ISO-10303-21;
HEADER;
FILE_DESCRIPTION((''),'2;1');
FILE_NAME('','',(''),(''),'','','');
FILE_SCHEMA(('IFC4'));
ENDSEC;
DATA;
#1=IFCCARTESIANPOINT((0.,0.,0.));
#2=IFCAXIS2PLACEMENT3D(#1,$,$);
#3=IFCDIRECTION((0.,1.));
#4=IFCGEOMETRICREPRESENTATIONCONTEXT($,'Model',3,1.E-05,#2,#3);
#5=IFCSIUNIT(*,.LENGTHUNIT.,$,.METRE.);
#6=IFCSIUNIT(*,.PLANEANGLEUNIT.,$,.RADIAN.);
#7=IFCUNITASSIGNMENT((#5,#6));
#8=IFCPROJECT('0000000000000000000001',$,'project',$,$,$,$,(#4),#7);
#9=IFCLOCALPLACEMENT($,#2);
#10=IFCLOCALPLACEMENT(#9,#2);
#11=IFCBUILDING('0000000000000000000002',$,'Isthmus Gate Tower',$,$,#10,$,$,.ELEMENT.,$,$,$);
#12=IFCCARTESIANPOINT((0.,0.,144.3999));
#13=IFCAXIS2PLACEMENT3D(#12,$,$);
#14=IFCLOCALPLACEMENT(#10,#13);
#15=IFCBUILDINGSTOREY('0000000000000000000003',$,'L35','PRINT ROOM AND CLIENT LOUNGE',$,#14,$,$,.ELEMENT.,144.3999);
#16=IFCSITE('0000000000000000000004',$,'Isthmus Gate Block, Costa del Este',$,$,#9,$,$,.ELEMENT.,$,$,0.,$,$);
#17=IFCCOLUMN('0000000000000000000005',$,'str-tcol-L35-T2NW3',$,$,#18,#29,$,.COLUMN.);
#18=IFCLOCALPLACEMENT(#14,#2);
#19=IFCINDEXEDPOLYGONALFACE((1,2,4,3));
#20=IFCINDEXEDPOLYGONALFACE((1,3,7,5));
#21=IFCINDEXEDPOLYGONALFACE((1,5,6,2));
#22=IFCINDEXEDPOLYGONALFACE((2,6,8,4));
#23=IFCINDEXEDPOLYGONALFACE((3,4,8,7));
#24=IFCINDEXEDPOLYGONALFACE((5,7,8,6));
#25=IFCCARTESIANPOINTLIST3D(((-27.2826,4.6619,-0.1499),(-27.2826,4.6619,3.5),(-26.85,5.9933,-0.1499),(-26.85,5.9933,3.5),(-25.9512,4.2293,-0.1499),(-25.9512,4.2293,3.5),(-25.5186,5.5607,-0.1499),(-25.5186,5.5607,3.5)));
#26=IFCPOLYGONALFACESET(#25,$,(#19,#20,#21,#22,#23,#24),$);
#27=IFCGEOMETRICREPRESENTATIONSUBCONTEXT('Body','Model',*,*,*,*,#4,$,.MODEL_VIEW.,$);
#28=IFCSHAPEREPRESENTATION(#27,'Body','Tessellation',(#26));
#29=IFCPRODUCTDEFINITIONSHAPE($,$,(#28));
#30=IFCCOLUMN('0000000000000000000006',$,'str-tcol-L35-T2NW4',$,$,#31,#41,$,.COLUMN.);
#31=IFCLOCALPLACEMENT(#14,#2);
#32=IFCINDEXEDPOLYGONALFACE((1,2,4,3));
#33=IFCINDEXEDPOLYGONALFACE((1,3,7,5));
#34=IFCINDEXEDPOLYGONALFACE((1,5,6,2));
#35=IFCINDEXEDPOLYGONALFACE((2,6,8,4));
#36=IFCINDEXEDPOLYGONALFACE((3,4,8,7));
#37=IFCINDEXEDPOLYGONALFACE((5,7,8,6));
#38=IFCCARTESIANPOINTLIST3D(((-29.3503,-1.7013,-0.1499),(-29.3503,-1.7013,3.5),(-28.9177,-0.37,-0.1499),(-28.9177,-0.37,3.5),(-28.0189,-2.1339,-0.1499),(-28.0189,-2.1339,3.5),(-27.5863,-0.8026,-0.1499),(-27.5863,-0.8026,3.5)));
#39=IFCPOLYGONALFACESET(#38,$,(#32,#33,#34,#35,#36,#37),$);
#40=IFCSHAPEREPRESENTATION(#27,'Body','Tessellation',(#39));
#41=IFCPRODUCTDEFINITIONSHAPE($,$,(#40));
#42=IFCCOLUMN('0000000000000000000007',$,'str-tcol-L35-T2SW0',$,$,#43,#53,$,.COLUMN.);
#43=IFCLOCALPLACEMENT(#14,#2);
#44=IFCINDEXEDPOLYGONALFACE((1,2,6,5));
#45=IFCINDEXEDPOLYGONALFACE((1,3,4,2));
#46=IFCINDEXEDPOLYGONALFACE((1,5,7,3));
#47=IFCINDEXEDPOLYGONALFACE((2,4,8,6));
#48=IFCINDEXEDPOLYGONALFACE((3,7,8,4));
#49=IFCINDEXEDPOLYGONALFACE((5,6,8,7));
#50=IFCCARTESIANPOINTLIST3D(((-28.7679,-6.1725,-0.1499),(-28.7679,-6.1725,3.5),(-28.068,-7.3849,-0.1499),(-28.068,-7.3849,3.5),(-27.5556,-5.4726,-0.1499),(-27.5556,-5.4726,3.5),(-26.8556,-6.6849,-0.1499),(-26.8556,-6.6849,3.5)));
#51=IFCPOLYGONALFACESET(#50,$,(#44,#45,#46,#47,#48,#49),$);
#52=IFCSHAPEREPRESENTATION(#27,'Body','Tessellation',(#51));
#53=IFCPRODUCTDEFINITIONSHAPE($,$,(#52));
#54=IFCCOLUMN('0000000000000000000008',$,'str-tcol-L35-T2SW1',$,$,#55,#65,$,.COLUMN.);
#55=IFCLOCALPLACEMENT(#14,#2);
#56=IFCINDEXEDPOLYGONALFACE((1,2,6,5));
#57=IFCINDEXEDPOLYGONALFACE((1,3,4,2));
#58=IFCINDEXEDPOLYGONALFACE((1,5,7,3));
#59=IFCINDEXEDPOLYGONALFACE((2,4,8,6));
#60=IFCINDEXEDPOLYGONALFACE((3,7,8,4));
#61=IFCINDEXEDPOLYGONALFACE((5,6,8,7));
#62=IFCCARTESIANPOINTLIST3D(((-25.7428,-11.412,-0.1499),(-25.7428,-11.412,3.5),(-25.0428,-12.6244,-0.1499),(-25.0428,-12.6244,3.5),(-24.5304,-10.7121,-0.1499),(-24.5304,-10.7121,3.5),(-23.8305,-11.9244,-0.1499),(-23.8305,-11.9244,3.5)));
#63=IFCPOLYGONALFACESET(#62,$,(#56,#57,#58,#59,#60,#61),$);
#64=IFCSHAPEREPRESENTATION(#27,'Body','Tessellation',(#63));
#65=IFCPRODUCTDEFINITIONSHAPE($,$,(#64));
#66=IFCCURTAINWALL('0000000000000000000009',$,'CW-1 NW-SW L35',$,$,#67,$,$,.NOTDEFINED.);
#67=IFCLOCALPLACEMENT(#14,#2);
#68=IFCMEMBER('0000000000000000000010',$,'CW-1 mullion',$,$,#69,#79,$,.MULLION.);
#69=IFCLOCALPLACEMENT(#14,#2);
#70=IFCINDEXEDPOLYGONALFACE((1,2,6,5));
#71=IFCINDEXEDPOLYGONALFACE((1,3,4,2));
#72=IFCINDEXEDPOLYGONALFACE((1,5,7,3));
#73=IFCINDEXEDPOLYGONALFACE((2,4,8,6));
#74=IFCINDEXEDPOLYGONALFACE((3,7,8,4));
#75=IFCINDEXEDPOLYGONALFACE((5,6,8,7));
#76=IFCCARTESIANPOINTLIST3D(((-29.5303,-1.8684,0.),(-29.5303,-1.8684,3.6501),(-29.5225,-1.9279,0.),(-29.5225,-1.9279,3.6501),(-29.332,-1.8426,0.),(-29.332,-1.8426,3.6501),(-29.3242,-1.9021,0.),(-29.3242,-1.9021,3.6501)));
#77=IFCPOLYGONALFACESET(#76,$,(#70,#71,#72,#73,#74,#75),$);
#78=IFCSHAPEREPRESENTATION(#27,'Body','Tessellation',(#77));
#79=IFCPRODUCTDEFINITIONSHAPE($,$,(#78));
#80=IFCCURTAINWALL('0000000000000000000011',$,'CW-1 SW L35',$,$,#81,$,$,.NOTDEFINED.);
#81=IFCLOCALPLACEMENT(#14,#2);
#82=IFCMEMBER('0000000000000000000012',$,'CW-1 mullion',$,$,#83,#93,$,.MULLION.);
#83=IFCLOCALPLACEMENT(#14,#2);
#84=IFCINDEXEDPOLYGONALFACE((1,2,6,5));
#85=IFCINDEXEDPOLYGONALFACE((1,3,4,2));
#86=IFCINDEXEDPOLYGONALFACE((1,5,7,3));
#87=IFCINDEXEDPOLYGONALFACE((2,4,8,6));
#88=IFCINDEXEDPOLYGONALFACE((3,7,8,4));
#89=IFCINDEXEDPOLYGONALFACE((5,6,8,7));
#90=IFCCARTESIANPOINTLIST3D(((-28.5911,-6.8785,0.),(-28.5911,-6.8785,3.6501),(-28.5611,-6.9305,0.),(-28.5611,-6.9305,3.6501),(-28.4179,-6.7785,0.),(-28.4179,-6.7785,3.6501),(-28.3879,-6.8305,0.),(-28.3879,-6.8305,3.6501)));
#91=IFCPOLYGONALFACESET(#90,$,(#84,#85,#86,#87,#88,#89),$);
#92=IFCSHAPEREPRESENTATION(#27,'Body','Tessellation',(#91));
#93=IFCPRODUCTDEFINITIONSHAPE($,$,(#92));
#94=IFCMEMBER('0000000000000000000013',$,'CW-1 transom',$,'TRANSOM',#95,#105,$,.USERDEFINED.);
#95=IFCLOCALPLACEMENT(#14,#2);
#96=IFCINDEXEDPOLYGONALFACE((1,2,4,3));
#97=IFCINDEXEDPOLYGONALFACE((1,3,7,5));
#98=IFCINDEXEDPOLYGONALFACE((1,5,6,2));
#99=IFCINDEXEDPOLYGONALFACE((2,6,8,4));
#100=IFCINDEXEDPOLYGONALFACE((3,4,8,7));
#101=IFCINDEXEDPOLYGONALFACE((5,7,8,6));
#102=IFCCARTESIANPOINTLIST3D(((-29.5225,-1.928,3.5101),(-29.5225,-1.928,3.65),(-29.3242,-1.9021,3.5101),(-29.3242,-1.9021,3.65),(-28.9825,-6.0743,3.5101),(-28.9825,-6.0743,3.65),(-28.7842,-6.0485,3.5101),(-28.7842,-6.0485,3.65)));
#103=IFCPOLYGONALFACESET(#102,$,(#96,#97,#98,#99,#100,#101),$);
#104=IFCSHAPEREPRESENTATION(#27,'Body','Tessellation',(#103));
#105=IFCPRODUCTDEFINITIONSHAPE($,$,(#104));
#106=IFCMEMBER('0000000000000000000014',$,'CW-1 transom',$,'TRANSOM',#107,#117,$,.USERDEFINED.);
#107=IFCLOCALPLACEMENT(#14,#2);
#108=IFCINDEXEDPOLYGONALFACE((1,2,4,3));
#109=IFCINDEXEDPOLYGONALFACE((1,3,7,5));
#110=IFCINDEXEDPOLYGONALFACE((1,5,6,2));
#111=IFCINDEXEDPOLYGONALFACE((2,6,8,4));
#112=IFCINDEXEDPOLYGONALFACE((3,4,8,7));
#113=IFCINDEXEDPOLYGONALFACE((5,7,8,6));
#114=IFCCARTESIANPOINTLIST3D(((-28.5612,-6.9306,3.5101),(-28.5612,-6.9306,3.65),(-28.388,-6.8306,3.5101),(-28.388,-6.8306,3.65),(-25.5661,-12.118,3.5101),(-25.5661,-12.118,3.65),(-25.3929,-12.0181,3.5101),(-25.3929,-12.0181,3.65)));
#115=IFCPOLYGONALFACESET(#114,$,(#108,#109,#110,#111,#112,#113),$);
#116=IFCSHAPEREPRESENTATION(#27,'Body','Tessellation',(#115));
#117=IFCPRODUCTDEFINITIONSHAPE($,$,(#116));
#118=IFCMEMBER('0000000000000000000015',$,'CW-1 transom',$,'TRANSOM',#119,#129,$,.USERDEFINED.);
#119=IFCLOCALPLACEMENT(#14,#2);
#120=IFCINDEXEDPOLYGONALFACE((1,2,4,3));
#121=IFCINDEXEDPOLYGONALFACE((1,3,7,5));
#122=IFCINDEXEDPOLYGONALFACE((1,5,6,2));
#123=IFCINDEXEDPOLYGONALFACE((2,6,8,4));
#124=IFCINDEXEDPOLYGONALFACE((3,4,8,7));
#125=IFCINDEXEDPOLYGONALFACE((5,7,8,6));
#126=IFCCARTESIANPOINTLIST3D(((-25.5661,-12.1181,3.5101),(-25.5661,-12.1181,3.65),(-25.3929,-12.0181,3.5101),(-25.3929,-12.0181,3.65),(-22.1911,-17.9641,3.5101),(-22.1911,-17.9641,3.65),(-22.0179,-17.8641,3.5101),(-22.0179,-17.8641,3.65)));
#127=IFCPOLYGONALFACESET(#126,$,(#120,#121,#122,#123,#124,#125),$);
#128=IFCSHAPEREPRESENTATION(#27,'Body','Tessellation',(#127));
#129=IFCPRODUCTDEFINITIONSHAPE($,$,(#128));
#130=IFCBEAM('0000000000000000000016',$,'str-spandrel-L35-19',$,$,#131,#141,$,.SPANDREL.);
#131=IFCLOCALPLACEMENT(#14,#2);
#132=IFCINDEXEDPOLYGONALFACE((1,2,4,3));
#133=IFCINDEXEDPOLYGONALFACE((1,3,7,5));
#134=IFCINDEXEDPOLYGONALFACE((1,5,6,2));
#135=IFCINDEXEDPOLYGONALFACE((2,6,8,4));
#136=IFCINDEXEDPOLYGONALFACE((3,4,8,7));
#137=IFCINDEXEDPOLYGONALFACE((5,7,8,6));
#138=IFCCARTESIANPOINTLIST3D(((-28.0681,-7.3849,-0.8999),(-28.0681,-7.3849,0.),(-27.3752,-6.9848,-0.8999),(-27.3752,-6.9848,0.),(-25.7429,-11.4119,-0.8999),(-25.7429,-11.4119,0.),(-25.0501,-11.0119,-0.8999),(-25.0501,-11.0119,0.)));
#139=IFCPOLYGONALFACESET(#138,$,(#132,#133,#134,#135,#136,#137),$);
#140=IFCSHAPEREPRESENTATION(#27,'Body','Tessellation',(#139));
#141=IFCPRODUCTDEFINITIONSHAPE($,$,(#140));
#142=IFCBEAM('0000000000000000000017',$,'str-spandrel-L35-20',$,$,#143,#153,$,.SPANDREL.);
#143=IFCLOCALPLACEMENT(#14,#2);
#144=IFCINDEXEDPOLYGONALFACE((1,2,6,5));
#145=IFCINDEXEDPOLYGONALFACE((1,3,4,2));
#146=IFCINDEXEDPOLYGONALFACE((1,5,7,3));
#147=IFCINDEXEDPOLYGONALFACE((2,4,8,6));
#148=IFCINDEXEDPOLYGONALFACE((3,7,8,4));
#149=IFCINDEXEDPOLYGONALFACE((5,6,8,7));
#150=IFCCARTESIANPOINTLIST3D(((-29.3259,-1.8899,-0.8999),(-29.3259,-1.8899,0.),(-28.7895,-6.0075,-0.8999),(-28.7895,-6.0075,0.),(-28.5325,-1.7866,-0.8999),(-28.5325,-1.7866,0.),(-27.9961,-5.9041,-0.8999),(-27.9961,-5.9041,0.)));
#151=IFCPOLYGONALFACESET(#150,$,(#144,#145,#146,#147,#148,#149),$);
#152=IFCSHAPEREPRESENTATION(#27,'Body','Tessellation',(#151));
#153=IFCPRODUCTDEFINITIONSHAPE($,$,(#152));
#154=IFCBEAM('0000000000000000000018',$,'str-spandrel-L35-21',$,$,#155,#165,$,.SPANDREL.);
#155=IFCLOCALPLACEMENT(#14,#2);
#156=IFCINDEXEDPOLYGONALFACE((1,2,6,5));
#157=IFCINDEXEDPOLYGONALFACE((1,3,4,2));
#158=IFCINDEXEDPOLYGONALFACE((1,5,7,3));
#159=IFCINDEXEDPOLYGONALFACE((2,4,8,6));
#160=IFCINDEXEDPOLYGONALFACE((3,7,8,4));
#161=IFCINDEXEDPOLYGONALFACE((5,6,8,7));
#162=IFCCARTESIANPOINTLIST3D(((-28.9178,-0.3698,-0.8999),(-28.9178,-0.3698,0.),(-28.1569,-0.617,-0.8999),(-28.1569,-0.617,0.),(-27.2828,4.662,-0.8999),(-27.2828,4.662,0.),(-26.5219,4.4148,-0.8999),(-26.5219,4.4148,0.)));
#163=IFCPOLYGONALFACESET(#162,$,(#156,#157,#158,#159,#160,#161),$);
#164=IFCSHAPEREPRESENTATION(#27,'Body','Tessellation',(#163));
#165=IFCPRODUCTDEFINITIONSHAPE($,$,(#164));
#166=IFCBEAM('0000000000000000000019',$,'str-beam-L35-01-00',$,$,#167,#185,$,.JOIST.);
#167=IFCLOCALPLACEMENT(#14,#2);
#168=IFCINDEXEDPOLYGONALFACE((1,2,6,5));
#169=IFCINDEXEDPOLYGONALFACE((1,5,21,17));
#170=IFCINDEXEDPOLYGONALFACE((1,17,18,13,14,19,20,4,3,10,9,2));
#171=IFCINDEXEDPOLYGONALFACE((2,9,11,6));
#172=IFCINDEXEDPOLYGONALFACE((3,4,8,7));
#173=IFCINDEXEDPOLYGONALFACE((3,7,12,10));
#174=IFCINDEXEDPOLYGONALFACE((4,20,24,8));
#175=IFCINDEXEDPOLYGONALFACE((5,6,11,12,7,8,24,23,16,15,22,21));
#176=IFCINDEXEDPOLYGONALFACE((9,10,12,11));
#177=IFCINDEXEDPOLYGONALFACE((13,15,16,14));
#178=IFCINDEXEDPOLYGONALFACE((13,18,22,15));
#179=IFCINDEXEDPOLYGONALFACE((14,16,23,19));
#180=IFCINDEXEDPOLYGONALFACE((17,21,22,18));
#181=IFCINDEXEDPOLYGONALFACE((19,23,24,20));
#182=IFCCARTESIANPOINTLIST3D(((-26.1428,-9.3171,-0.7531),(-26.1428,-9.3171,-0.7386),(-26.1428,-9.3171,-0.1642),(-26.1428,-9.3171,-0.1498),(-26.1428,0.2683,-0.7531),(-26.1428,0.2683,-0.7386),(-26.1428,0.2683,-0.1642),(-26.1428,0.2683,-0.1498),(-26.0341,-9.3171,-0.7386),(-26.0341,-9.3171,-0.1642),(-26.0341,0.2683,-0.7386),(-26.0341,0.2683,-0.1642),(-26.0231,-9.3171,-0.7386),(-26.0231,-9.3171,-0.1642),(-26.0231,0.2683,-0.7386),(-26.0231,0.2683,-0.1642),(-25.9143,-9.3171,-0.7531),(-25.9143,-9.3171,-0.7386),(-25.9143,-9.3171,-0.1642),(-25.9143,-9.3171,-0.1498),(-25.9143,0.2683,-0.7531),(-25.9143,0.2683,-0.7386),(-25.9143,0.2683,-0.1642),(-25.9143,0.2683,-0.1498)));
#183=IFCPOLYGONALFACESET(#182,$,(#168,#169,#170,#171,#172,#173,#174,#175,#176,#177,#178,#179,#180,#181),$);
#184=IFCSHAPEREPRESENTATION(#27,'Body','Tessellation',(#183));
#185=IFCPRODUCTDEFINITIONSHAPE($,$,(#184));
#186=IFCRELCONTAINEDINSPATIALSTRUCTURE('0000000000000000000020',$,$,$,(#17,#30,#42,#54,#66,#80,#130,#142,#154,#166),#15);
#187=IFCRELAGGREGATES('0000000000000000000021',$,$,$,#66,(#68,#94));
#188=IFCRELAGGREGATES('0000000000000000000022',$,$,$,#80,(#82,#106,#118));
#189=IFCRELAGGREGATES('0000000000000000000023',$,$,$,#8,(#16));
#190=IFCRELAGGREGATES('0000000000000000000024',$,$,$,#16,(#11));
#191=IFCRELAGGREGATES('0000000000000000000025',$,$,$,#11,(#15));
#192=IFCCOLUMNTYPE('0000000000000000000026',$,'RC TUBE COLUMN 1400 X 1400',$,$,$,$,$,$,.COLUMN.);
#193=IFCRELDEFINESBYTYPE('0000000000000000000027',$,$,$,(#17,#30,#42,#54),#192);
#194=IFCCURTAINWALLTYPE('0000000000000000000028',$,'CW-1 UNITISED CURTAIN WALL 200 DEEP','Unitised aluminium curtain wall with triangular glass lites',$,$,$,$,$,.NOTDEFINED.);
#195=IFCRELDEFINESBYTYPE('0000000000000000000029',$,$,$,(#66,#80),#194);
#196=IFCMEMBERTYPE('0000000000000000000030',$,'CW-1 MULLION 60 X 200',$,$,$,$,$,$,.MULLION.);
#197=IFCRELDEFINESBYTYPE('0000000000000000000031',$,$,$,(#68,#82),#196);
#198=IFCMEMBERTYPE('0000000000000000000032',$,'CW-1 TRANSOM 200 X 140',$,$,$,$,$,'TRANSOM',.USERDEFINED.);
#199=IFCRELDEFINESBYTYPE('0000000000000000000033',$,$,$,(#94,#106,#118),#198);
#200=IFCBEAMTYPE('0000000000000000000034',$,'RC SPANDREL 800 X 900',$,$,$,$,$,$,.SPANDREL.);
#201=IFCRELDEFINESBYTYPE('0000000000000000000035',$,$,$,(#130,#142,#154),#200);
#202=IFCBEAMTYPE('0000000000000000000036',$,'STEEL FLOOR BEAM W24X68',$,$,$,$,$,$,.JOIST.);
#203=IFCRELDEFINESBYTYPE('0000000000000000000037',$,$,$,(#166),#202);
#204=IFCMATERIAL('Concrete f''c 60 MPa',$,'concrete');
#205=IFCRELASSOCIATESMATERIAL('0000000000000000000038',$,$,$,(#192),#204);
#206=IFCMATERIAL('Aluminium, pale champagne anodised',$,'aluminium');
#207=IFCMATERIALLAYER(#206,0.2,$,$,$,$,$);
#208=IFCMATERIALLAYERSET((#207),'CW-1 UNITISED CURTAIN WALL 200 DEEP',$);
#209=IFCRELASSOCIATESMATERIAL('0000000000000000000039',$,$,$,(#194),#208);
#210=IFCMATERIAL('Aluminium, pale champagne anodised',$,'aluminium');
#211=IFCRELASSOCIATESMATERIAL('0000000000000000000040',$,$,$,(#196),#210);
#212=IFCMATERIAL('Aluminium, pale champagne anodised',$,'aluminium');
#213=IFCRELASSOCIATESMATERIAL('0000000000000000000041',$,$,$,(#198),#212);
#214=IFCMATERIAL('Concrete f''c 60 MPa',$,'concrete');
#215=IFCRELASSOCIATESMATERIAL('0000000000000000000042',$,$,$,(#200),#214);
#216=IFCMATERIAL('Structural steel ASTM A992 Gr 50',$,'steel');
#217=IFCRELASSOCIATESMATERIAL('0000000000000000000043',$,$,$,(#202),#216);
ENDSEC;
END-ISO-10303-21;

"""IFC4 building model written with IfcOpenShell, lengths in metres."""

from ifc_helpers import new_model, si_unit, direction, frame, origin, origin_2d, place, context, subcontext, project, spatial, rectangle, i_section, extrude, material, layer, layer_set, material_profile, profile_set, type_object, element, aggregate, save


model = new_model("IFC4")

# Units and contexts
model_context = context("Model", 3, precision=1e-05, world=origin(), true_north=direction((0.0, 1.0)))
body_context = subcontext(model_context, "Body", "Model", "MODEL_VIEW")
ifc_project = project(units=[si_unit("LENGTHUNIT", "METRE"), si_unit("PLANEANGLEUNIT", "RADIAN")], contexts=[model_context])

# Site, building, storey
site_placement = place(None, origin())
site = spatial("IfcSite", under=ifc_project, at=site_placement, Name="Isthmus Gate Block, Costa del Este", CompositionType="ELEMENT", RefElevation=0.0)
building_placement = place(site_placement, origin())
building = spatial("IfcBuilding", under=site, at=building_placement, Name="Isthmus Gate Tower", CompositionType="ELEMENT")
storey_placement = place(building_placement, frame((0.0, 0.0, 144.3999)))
storey = spatial("IfcBuildingStorey", under=building, at=storey_placement, Name="L35", Description="PRINT ROOM AND CLIENT LOUNGE", CompositionType="ELEMENT", Elevation=144.3999)

# Columns
ifc_material_1 = material(Name="Concrete f'c 60 MPa", Category="concrete")
ifc_material_profile_1 = material_profile(ifc_material_1, rectangle(XDim=1.3999, YDim=1.3999, at=origin_2d()), Name="RC 1400X1400")
ifc_profile_set_1 = profile_set([ifc_material_profile_1], Name="Concrete f'c 60 MPa")
column_type = type_object("IfcColumnType", Name="RC TUBE COLUMN 1400 X 1400", PredefinedType="COLUMN", material=ifc_profile_set_1)
for number, where, z_axis, x_axis, name in (
    (1, (-26.4006, 5.1113, -0.1499), (0.0, 0.0, 1.0), (-0.309017, -0.951057, 0.0), "str-tcol-L35-T2NW3"),
    (2, (-28.4683, -1.252, -0.1499), (0.0, 0.0, 1.0), (-0.309017, -0.951057, 0.0), "str-tcol-L35-T2NW4"),
    (3, (-27.8118, -6.4287, -0.1499), (0.0, 0.0, 1.0), (0.5, -0.866025, 0.0), "str-tcol-L35-T2SW0"),
    (4, (-24.7866, -11.6682, -0.1499), (0.0, 0.0, 1.0), (0.5, -0.866025, 0.0), "str-tcol-L35-T2SW1"),
):
    element("IfcColumn", number, at=place(storey_placement, frame(where, z_axis=z_axis, x_axis=x_axis)), inside=storey, type_object=column_type, Name=name, PredefinedType="COLUMN", context=body_context, shape_type="SweptSolid", body=[
        extrude(rectangle(XDim=1.3999, YDim=1.3999, at=origin_2d()), origin(), (0.0, 0.0, 1.0), 3.6499),
    ])

# Curtain walls, members
ifc_material_2 = material(Name="Aluminium, pale champagne anodised", Category="aluminium")
ifc_layer_1 = layer(ifc_material_2, 0.2)
ifc_layer_set_1 = layer_set([ifc_layer_1], Name="CW-1 UNITISED CURTAIN WALL 200 DEEP")
curtain_wall_type = type_object("IfcCurtainWallType", Name="CW-1 UNITISED CURTAIN WALL 200 DEEP", Description="Unitised aluminium curtain wall with triangular glass lites", PredefinedType="NOTDEFINED", material=ifc_layer_set_1)
curtain_wall_1_placement = place(storey_placement, origin())
curtain_wall_1 = element("IfcCurtainWall", 5, at=curtain_wall_1_placement, inside=storey, type_object=curtain_wall_type, Name="CW-1 NW-SW L35", PredefinedType="NOTDEFINED")
ifc_material_3 = material(Name="Aluminium, pale champagne anodised", Category="aluminium")
ifc_material_profile_2 = material_profile(ifc_material_3, rectangle(XDim=0.0601, YDim=0.2, at=origin_2d()), Name="60x200")
ifc_profile_set_2 = profile_set([ifc_material_profile_2], Name="Aluminium, pale champagne anodised")
member_type_1 = type_object("IfcMemberType", Name="CW-1 MULLION 60 X 200", PredefinedType="MULLION", material=ifc_profile_set_2)
member_1_placement = place(storey_placement, frame((-29.4272, -1.8853, 0.0), z_axis=(0.0, 0.0, 1.0), x_axis=(0.129165, -0.991623, 0.0)))
member_1 = element("IfcMember", 6, at=member_1_placement, type_object=member_type_1, Name="CW-1 mullion", PredefinedType="MULLION", context=body_context, shape_type="SweptSolid", body=[
    extrude(rectangle(XDim=0.0601, YDim=0.2, at=origin_2d()), origin(), (0.0, 0.0, 1.0), 3.6501),
])
curtain_wall_2_placement = place(storey_placement, origin())
curtain_wall_2 = element("IfcCurtainWall", 7, at=curtain_wall_2_placement, inside=storey, type_object=curtain_wall_type, Name="CW-1 SW L35", PredefinedType="NOTDEFINED")
member_2_placement = place(storey_placement, frame((-28.4895, -6.8545, 0.0), z_axis=(0.0, 0.0, 1.0), x_axis=(0.5, -0.866025, 0.0)))
member_2 = element("IfcMember", 8, at=member_2_placement, type_object=member_type_1, Name="CW-1 mullion", PredefinedType="MULLION", context=body_context, shape_type="SweptSolid", body=[
    extrude(rectangle(XDim=0.0601, YDim=0.2, at=origin_2d()), origin(), (0.0, 0.0, 1.0), 3.6501),
])

# Members
ifc_material_4 = material(Name="Aluminium, pale champagne anodised", Category="aluminium")
ifc_material_profile_3 = material_profile(ifc_material_4, rectangle(XDim=0.2, YDim=0.1399, at=origin_2d()), Name="200x140")
ifc_profile_set_3 = profile_set([ifc_material_profile_3], Name="Aluminium, pale champagne anodised")
member_type_2 = type_object("IfcMemberType", Name="CW-1 TRANSOM 200 X 140", ElementType="TRANSOM", PredefinedType="USERDEFINED", material=ifc_profile_set_3)
member_3_placement = place(storey_placement, frame((-29.4233, -1.915, 3.5801), z_axis=(0.129149, -0.991625, 0.0), x_axis=(0.991625, 0.129149, 0.0)))
member_3 = element("IfcMember", 9, at=member_3_placement, type_object=member_type_2, Name="CW-1 transom", ObjectType="TRANSOM", PredefinedType="USERDEFINED", context=body_context, shape_type="SweptSolid", body=[
    extrude(rectangle(XDim=0.2, YDim=0.1399, at=origin_2d()), origin(), (0.0, 0.0, 1.0), 4.1814),
])
member_4_placement = place(storey_placement, frame((-28.4746, -6.8806, 3.5801), z_axis=(0.500014, -0.866017, 0.0), x_axis=(0.866017, 0.500014, 0.0)))
member_4 = element("IfcMember", 10, at=member_4_placement, type_object=member_type_2, Name="CW-1 transom", ObjectType="TRANSOM", PredefinedType="USERDEFINED", context=body_context, shape_type="SweptSolid", body=[
    extrude(rectangle(XDim=0.2, YDim=0.1399, at=origin_2d()), origin(), (0.0, 0.0, 1.0), 5.99),
])
member_5_placement = place(storey_placement, frame((-25.4795, -12.0681, 3.5801), z_axis=(0.499982, -0.866036, 0.0), x_axis=(0.866036, 0.499982, 0.0)))
member_5 = element("IfcMember", 11, at=member_5_placement, type_object=member_type_2, Name="CW-1 transom", ObjectType="TRANSOM", PredefinedType="USERDEFINED", context=body_context, shape_type="SweptSolid", body=[
    extrude(rectangle(XDim=0.2, YDim=0.1399, at=origin_2d()), origin(), (0.0, 0.0, 1.0), 6.7502),
])

# Beams
ifc_material_5 = material(Name="Concrete f'c 60 MPa", Category="concrete")
ifc_material_profile_4 = material_profile(ifc_material_5, rectangle(XDim=0.8, YDim=0.8999, at=origin_2d()), Name="RC 800X900")
ifc_profile_set_4 = profile_set([ifc_material_profile_4], Name="Concrete f'c 60 MPa")
beam_type_1 = type_object("IfcBeamType", Name="RC SPANDREL 800 X 900", PredefinedType="SPANDREL", material=ifc_profile_set_4)
beam_1_placement = place(storey_placement, frame((-25.3965, -11.2119, -0.45), z_axis=(-0.500024, 0.866012, 0.0), x_axis=(-0.866012, -0.500024, 0.0)))
element("IfcBeam", 12, at=beam_1_placement, inside=storey, type_object=beam_type_1, Name="str-spandrel-L35-19", PredefinedType="SPANDREL", context=body_context, shape_type="SweptSolid", body=[
    extrude(rectangle(XDim=0.8, YDim=0.8999, at=origin_2d()), origin(), (0.0, 0.0, 1.0), 4.6501),
])
beam_2_placement = place(storey_placement, frame((-28.3928, -5.9558, -0.45), z_axis=(-0.129171, 0.991622, 0.0), x_axis=(-0.991622, -0.129171, 0.0)))
element("IfcBeam", 13, at=beam_2_placement, inside=storey, type_object=beam_type_1, Name="str-spandrel-L35-20", PredefinedType="SPANDREL", context=body_context, shape_type="SweptSolid", body=[
    extrude(rectangle(XDim=0.8, YDim=0.8999, at=origin_2d()), origin(), (0.0, 0.0, 1.0), 4.1523),
])
beam_3_placement = place(storey_placement, frame((-28.5374, -0.4934, -0.45), z_axis=(0.309034, 0.951051, 0.0), x_axis=(-0.951051, 0.309034, 0.0)))
element("IfcBeam", 14, at=beam_3_placement, inside=storey, type_object=beam_type_1, Name="str-spandrel-L35-21", PredefinedType="SPANDREL", context=body_context, shape_type="SweptSolid", body=[
    extrude(rectangle(XDim=0.8, YDim=0.8999, at=origin_2d()), origin(), (0.0, 0.0, 1.0), 5.2908),
])
ifc_material_6 = material(Name="Structural steel ASTM A992 Gr 50", Category="steel")
ifc_material_profile_5 = material_profile(ifc_material_6, i_section(OverallWidth=0.2285, OverallDepth=0.6033, WebThickness=0.011, FlangeThickness=0.0144, at=origin_2d()), Name="W24X68")
ifc_profile_set_5 = profile_set([ifc_material_profile_5], Name="Structural steel ASTM A992 Gr 50")
beam_type_2 = type_object("IfcBeamType", Name="STEEL FLOOR BEAM W24X68", PredefinedType="JOIST", material=ifc_profile_set_5)
beam_4_placement = place(storey_placement, frame((-26.0286, -9.3171, -0.4514), z_axis=(0.0, 1.0, 0.0), x_axis=(-1.0, 0.0, 0.0)))
element("IfcBeam", 15, at=beam_4_placement, inside=storey, type_object=beam_type_2, Name="str-beam-L35-01-00", PredefinedType="JOIST", context=body_context, shape_type="SweptSolid", body=[
    extrude(i_section(OverallWidth=0.2285, OverallDepth=0.6033, WebThickness=0.011, FlangeThickness=0.0144, at=origin_2d()), origin(), (0.0, 0.0, 1.0), 9.5854),
])

aggregate(curtain_wall_1, [member_1, member_3])
aggregate(curtain_wall_2, [member_2, member_4, member_5])

save(model, "model.ifc")
